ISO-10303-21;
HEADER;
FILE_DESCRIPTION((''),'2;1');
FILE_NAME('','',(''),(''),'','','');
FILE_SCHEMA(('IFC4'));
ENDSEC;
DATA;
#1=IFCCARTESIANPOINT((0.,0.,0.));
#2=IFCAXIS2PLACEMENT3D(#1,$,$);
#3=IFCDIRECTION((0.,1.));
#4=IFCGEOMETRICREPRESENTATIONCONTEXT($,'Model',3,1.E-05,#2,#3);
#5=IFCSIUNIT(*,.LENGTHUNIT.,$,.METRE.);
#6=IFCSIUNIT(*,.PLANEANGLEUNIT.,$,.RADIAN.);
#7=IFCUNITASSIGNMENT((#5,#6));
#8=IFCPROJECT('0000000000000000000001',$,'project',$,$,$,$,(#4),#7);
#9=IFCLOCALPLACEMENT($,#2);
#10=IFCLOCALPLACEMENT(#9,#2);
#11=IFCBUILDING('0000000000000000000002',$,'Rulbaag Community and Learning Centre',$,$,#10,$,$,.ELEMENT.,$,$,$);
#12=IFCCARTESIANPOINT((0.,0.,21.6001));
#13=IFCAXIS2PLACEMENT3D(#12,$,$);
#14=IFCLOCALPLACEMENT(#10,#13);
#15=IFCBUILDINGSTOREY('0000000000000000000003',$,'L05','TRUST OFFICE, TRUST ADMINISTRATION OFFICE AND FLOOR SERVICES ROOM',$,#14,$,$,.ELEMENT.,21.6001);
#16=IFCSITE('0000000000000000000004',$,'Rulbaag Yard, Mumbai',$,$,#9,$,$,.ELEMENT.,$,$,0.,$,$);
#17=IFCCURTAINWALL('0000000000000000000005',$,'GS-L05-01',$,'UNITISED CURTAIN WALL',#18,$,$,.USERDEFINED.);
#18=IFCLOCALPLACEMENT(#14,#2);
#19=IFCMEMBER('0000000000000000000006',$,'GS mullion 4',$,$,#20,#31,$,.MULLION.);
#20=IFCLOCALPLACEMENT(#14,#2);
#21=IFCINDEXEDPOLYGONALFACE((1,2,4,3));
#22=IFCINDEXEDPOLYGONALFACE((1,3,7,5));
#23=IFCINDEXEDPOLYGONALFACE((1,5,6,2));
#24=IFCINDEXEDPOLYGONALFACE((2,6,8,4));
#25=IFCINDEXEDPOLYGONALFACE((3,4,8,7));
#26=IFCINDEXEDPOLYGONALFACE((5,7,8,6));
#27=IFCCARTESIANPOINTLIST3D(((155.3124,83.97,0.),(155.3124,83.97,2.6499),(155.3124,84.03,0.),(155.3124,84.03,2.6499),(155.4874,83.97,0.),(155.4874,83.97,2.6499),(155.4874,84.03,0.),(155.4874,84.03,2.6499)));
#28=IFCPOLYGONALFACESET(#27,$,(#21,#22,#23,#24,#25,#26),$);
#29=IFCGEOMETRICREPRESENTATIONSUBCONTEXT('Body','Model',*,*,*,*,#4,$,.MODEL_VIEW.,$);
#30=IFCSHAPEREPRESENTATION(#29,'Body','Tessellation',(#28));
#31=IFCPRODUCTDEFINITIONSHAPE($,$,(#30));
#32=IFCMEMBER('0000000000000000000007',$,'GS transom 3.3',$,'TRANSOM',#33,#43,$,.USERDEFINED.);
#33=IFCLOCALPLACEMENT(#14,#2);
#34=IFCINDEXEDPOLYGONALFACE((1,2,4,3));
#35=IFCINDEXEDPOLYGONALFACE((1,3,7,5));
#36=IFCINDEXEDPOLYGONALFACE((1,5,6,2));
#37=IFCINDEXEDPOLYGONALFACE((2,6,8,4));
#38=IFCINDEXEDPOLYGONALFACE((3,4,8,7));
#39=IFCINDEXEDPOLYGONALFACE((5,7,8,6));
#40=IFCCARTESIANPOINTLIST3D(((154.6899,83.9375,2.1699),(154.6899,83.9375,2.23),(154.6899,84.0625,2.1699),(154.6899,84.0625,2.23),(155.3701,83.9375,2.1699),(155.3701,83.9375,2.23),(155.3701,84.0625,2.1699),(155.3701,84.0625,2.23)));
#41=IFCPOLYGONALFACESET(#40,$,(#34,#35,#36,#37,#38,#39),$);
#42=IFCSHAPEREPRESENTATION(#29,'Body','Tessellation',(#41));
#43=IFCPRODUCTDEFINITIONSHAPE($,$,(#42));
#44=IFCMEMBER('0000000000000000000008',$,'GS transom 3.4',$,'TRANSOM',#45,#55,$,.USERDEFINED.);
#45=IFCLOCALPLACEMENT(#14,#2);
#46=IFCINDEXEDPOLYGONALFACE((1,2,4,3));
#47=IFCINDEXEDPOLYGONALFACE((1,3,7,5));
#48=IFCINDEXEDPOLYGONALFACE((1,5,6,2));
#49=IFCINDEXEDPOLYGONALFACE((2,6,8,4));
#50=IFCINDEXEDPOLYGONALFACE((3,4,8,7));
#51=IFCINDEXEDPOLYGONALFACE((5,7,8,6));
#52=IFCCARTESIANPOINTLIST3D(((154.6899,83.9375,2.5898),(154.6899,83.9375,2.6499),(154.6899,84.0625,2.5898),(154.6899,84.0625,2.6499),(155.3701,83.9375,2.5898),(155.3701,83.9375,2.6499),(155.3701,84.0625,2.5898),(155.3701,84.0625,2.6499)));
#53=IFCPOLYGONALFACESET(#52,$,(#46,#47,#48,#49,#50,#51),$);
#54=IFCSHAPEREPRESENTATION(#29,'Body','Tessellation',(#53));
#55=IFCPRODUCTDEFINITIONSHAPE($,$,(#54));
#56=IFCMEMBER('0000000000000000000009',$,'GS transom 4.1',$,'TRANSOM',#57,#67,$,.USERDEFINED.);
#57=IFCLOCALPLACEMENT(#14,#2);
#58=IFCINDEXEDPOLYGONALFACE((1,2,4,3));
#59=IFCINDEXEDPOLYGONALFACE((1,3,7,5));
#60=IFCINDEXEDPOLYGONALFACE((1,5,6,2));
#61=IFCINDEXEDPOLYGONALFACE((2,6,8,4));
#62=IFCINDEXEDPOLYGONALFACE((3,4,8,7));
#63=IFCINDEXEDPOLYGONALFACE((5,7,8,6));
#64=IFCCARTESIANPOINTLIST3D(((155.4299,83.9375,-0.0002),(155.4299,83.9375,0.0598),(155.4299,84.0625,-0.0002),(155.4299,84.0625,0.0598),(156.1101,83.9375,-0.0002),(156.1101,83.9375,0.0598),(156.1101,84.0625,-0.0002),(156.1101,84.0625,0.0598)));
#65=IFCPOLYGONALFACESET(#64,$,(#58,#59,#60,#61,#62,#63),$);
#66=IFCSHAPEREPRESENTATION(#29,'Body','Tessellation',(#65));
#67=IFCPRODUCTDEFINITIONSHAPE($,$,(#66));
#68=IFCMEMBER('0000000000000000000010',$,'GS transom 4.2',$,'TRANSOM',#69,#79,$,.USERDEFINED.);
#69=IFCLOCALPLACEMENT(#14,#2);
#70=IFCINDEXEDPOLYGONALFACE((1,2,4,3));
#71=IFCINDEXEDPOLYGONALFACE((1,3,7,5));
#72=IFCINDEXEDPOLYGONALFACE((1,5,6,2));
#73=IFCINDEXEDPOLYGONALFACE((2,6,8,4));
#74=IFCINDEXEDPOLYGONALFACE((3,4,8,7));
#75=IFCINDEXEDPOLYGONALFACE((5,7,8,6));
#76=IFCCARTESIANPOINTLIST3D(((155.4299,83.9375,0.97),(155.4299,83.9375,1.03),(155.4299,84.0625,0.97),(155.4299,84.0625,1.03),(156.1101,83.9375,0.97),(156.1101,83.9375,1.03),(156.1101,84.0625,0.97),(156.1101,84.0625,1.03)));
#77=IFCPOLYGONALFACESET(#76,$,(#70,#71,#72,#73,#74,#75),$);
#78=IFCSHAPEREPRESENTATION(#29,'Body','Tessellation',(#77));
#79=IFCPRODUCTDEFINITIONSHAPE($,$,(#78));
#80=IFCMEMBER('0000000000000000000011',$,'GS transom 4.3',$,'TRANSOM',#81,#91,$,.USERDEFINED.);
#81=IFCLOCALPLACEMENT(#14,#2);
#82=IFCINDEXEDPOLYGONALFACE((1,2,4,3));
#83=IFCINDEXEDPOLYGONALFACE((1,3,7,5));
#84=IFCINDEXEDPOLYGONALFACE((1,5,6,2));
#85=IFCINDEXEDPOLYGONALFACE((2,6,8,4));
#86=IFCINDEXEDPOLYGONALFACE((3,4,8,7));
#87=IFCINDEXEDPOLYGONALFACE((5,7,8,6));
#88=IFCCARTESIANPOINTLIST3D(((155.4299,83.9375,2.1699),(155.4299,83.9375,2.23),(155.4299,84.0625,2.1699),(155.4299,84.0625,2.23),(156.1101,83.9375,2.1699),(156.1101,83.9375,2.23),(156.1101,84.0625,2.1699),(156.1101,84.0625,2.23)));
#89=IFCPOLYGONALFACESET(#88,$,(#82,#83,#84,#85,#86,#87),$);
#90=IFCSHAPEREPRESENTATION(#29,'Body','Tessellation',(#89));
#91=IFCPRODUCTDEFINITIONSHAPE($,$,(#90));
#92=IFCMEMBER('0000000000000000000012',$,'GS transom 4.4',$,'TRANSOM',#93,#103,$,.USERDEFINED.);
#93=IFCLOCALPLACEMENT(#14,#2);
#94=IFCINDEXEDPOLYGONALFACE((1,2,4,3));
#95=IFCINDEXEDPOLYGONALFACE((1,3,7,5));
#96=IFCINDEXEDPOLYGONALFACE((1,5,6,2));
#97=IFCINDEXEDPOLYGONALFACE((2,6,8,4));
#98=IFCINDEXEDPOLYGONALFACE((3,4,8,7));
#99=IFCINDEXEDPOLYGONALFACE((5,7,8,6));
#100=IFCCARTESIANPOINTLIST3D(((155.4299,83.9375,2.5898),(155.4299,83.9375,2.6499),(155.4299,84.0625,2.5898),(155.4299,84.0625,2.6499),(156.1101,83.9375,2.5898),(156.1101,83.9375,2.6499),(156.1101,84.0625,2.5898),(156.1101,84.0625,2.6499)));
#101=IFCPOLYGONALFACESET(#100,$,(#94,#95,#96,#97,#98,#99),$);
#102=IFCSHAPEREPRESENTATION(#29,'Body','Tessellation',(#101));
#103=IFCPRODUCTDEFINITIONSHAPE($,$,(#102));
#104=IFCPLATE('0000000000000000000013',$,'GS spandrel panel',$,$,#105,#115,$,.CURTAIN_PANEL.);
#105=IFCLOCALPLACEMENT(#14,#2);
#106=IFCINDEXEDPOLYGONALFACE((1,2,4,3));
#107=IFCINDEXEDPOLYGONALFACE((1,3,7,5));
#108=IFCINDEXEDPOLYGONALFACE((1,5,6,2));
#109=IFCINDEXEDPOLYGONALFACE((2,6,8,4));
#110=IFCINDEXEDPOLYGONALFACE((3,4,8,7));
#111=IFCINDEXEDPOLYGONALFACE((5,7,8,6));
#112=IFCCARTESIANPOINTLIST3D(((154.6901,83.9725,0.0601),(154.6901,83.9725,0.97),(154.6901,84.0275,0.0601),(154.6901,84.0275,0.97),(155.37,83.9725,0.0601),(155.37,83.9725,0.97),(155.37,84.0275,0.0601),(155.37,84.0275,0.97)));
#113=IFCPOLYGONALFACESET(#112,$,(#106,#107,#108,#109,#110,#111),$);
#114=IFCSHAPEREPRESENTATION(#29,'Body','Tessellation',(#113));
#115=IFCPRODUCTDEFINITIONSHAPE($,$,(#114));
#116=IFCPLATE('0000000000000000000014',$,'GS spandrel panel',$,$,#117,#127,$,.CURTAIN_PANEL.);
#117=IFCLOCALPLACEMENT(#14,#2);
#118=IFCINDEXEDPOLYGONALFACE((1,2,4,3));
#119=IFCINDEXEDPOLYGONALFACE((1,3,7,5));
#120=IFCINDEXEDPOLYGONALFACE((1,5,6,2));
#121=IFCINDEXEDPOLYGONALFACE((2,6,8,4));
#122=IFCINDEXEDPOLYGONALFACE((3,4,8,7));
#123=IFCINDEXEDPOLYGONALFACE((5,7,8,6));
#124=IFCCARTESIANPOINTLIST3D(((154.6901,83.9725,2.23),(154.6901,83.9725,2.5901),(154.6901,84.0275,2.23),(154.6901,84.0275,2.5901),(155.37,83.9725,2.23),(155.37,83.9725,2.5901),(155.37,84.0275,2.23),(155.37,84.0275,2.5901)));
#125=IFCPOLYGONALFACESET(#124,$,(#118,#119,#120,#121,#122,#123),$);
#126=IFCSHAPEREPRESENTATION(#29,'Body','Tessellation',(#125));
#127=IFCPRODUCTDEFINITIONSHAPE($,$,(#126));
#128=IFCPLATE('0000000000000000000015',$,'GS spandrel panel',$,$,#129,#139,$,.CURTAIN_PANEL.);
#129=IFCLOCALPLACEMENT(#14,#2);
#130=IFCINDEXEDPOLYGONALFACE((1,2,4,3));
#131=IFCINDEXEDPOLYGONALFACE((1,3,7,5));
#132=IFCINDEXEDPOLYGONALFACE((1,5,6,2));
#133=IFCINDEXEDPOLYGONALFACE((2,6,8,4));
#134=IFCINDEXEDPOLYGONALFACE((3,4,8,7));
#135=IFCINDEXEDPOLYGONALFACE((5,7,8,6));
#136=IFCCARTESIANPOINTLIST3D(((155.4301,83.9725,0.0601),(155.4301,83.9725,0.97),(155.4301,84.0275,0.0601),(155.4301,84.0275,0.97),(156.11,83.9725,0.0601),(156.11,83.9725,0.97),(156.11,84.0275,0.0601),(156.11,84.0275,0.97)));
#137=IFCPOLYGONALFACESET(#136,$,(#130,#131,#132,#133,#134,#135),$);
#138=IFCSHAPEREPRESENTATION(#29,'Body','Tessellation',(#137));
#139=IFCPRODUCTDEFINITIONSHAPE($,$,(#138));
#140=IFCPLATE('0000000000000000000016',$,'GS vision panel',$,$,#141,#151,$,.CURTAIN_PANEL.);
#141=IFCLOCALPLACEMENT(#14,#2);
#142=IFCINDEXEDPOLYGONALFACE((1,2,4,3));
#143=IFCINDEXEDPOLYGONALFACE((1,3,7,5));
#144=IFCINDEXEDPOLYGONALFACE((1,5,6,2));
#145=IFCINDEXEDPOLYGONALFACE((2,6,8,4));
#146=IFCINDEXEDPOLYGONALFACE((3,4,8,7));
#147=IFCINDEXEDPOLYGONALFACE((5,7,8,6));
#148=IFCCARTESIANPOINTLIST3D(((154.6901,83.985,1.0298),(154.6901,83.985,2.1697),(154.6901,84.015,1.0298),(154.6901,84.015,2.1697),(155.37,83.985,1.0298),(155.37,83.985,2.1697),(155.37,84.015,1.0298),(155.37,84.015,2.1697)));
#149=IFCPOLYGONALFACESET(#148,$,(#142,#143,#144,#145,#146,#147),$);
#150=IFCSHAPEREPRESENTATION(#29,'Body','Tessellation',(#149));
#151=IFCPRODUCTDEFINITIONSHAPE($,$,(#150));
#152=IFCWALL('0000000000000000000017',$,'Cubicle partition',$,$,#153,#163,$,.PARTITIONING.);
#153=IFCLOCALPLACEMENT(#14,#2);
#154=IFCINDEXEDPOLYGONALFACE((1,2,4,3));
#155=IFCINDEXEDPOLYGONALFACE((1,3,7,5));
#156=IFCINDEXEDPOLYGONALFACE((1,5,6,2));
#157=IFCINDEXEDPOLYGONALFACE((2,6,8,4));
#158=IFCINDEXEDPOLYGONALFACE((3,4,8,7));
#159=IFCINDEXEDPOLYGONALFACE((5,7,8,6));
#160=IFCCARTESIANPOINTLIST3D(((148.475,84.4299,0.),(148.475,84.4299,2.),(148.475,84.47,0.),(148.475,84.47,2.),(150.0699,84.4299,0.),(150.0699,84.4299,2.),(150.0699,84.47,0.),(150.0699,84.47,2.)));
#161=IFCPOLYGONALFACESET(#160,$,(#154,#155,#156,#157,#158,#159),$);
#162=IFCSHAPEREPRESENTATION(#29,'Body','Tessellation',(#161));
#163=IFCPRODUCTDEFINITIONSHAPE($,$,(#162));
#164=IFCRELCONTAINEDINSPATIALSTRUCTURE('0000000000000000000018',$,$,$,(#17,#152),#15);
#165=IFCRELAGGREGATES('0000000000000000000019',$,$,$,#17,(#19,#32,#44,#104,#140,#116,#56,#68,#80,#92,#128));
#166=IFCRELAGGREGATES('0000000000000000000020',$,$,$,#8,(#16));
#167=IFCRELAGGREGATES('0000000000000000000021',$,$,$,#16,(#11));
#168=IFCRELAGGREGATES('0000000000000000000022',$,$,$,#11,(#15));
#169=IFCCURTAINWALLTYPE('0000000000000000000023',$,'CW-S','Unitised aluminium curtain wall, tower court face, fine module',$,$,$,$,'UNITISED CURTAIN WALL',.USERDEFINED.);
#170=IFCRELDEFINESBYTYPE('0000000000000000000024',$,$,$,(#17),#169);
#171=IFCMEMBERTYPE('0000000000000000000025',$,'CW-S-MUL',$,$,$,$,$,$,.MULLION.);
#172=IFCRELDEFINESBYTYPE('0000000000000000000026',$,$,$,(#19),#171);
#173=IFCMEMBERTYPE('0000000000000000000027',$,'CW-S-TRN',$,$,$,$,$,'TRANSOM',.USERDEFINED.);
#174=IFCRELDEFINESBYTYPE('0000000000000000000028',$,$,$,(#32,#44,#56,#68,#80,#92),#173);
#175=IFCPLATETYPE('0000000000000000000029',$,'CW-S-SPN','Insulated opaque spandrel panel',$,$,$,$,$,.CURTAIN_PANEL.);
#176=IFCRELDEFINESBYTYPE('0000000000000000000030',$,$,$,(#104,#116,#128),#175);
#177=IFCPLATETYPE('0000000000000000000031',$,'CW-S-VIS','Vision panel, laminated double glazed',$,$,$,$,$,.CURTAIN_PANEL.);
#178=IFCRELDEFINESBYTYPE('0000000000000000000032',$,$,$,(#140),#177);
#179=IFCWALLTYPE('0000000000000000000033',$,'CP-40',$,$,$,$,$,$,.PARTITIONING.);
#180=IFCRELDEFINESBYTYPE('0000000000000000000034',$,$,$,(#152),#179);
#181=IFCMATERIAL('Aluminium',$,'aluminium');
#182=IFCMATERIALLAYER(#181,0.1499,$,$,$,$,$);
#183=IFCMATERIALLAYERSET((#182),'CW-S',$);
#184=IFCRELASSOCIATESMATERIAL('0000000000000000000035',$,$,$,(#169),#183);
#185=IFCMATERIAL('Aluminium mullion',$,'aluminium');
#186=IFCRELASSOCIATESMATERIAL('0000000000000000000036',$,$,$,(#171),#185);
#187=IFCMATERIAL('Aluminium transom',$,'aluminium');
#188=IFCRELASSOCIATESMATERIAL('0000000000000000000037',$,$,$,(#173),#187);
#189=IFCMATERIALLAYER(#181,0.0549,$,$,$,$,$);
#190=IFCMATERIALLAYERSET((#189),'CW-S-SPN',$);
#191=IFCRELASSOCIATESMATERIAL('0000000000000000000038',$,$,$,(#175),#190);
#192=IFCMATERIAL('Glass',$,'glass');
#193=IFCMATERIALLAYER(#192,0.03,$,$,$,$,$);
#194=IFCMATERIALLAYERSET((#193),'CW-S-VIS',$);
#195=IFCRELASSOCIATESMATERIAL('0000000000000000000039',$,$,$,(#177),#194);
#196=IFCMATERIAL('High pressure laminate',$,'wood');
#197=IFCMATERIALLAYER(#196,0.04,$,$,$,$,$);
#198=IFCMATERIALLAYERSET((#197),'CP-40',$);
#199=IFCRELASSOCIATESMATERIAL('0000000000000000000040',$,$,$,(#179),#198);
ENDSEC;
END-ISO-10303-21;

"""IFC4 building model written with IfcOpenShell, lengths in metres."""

from ifc_helpers import new_model, si_unit, direction, frame, frame_2d, origin, origin_2d, place, context, subcontext, project, spatial, rectangle, extrude, material, layer, layer_set, material_profile, profile_set, type_object, element, aggregate, save


model = new_model("IFC4")

# Units and contexts
model_context = context("Model", 3, precision=1e-05, world=origin(), true_north=direction((0.0, 1.0)))
body_context = subcontext(model_context, "Body", "Model", "MODEL_VIEW")
ifc_project = project(units=[si_unit("LENGTHUNIT", "METRE"), si_unit("PLANEANGLEUNIT", "RADIAN")], contexts=[model_context])

# Site, building, storey
site_placement = place(None, origin())
site = spatial("IfcSite", under=ifc_project, at=site_placement, Name="Rulbaag Yard, Mumbai", CompositionType="ELEMENT", RefElevation=0.0)
building_placement = place(site_placement, origin())
building = spatial("IfcBuilding", under=site, at=building_placement, Name="Rulbaag Community and Learning Centre", CompositionType="ELEMENT")
storey_placement = place(building_placement, frame((0.0, 0.0, 21.6001)))
storey = spatial("IfcBuildingStorey", under=building, at=storey_placement, Name="L05", Description="TRUST OFFICE, TRUST ADMINISTRATION OFFICE AND FLOOR SERVICES ROOM", CompositionType="ELEMENT", Elevation=21.6001)

# Curtain wall, members, plates
ifc_material_1 = material(Name="Aluminium", Category="aluminium")
ifc_layer_1 = layer(ifc_material_1, 0.1499)
ifc_layer_set_1 = layer_set([ifc_layer_1], Name="CW-S")
curtain_wall_type = type_object("IfcCurtainWallType", Name="CW-S", Description="Unitised aluminium curtain wall, tower court face, fine module", ElementType="UNITISED CURTAIN WALL", PredefinedType="USERDEFINED", material=ifc_layer_set_1)
curtain_wall_placement = place(storey_placement, origin())
curtain_wall = element("IfcCurtainWall", 1, at=curtain_wall_placement, inside=storey, type_object=curtain_wall_type, Name="GS-L05-01", ObjectType="UNITISED CURTAIN WALL", PredefinedType="USERDEFINED")
ifc_material_2 = material(Name="Aluminium mullion", Category="aluminium")
ifc_material_profile_1 = material_profile(ifc_material_2, rectangle(XDim=0.0601, YDim=0.175, at=origin_2d()), Name="AL 60x175")
ifc_profile_set_1 = profile_set([ifc_material_profile_1], Name="Aluminium mullion")
member_type_1 = type_object("IfcMemberType", Name="CW-S-MUL", PredefinedType="MULLION", material=ifc_profile_set_1)
member_1_placement = place(storey_placement, frame((155.3999, 84.0, 0.0), z_axis=(0.0, 0.0, 1.0), x_axis=(0.0, 1.0, 0.0)))
member_1 = element("IfcMember", 2, at=member_1_placement, type_object=member_type_1, Name="GS mullion 4", PredefinedType="MULLION", context=body_context, shape_type="SweptSolid", body=[
    extrude(rectangle(XDim=0.0601, YDim=0.175, at=origin_2d()), origin(), (0.0, 0.0, 1.0), 2.6499),
])
ifc_material_3 = material(Name="Aluminium transom", Category="aluminium")
ifc_material_profile_2 = material_profile(ifc_material_3, rectangle(XDim=0.125, YDim=0.0601, at=origin_2d()), Name="AL 60x125 T")
ifc_profile_set_2 = profile_set([ifc_material_profile_2], Name="Aluminium transom")
member_type_2 = type_object("IfcMemberType", Name="CW-S-TRN", ElementType="TRANSOM", PredefinedType="USERDEFINED", material=ifc_profile_set_2)
member_2_placement = place(storey_placement, frame((154.6899, 84.0, 2.2), z_axis=(1.0, 0.0, 0.0), x_axis=(0.0, 1.0, 0.0)))
member_2 = element("IfcMember", 3, at=member_2_placement, type_object=member_type_2, Name="GS transom 3.3", ObjectType="TRANSOM", PredefinedType="USERDEFINED", context=body_context, shape_type="SweptSolid", body=[
    extrude(rectangle(XDim=0.125, YDim=0.0601, at=origin_2d()), origin(), (0.0, 0.0, 1.0), 0.6802),
])
member_3_placement = place(storey_placement, frame((154.6899, 84.0, 2.6199), z_axis=(1.0, 0.0, 0.0), x_axis=(0.0, 1.0, 0.0)))
member_3 = element("IfcMember", 4, at=member_3_placement, type_object=member_type_2, Name="GS transom 3.4", ObjectType="TRANSOM", PredefinedType="USERDEFINED", context=body_context, shape_type="SweptSolid", body=[
    extrude(rectangle(XDim=0.125, YDim=0.0601, at=origin_2d()), origin(), (0.0, 0.0, 1.0), 0.6802),
])
member_4_placement = place(storey_placement, frame((155.4299, 84.0, 0.0298), z_axis=(1.0, 0.0, 0.0), x_axis=(0.0, 1.0, 0.0)))
member_4 = element("IfcMember", 5, at=member_4_placement, type_object=member_type_2, Name="GS transom 4.1", ObjectType="TRANSOM", PredefinedType="USERDEFINED", context=body_context, shape_type="SweptSolid", body=[
    extrude(rectangle(XDim=0.125, YDim=0.0601, at=origin_2d()), origin(), (0.0, 0.0, 1.0), 0.6802),
])
member_5_placement = place(storey_placement, frame((155.4299, 84.0, 1.0), z_axis=(1.0, 0.0, 0.0), x_axis=(0.0, 1.0, 0.0)))
member_5 = element("IfcMember", 6, at=member_5_placement, type_object=member_type_2, Name="GS transom 4.2", ObjectType="TRANSOM", PredefinedType="USERDEFINED", context=body_context, shape_type="SweptSolid", body=[
    extrude(rectangle(XDim=0.125, YDim=0.0601, at=origin_2d()), origin(), (0.0, 0.0, 1.0), 0.6802),
])
member_6_placement = place(storey_placement, frame((155.4299, 84.0, 2.2), z_axis=(1.0, 0.0, 0.0), x_axis=(0.0, 1.0, 0.0)))
member_6 = element("IfcMember", 7, at=member_6_placement, type_object=member_type_2, Name="GS transom 4.3", ObjectType="TRANSOM", PredefinedType="USERDEFINED", context=body_context, shape_type="SweptSolid", body=[
    extrude(rectangle(XDim=0.125, YDim=0.0601, at=origin_2d()), origin(), (0.0, 0.0, 1.0), 0.6802),
])
member_7_placement = place(storey_placement, frame((155.4299, 84.0, 2.6199), z_axis=(1.0, 0.0, 0.0), x_axis=(0.0, 1.0, 0.0)))
member_7 = element("IfcMember", 8, at=member_7_placement, type_object=member_type_2, Name="GS transom 4.4", ObjectType="TRANSOM", PredefinedType="USERDEFINED", context=body_context, shape_type="SweptSolid", body=[
    extrude(rectangle(XDim=0.125, YDim=0.0601, at=origin_2d()), origin(), (0.0, 0.0, 1.0), 0.6802),
])
ifc_layer_2 = layer(ifc_material_1, 0.0549)
ifc_layer_set_2 = layer_set([ifc_layer_2], Name="CW-S-SPN")
plate_type_1 = type_object("IfcPlateType", Name="CW-S-SPN", Description="Insulated opaque spandrel panel", PredefinedType="CURTAIN_PANEL", material=ifc_layer_set_2)
plate_1_placement = place(storey_placement, frame((155.03, 84.0, 0.0601), z_axis=(0.0, 0.0, 1.0), x_axis=(1.0, 0.0, 0.0)))
plate_1 = element("IfcPlate", 9, at=plate_1_placement, type_object=plate_type_1, Name="GS spandrel panel", PredefinedType="CURTAIN_PANEL", context=body_context, shape_type="SweptSolid", body=[
    extrude(rectangle(XDim=0.6799, YDim=0.0549, at=origin_2d()), origin(), (0.0, 0.0, 1.0), 0.9099),
])
plate_2_placement = place(storey_placement, frame((155.03, 84.0, 2.23), z_axis=(0.0, 0.0, 1.0), x_axis=(1.0, 0.0, 0.0)))
plate_2 = element("IfcPlate", 10, at=plate_2_placement, type_object=plate_type_1, Name="GS spandrel panel", PredefinedType="CURTAIN_PANEL", context=body_context, shape_type="SweptSolid", body=[
    extrude(rectangle(XDim=0.6799, YDim=0.0549, at=origin_2d()), origin(), (0.0, 0.0, 1.0), 0.3601),
])
plate_3_placement = place(storey_placement, frame((155.77, 84.0, 0.0601), z_axis=(0.0, 0.0, 1.0), x_axis=(1.0, 0.0, 0.0)))
plate_3 = element("IfcPlate", 11, at=plate_3_placement, type_object=plate_type_1, Name="GS spandrel panel", PredefinedType="CURTAIN_PANEL", context=body_context, shape_type="SweptSolid", body=[
    extrude(rectangle(XDim=0.6799, YDim=0.0549, at=origin_2d()), origin(), (0.0, 0.0, 1.0), 0.9099),
])
ifc_material_4 = material(Name="Glass", Category="glass")
ifc_layer_3 = layer(ifc_material_4, 0.03)
ifc_layer_set_3 = layer_set([ifc_layer_3], Name="CW-S-VIS")
plate_type_2 = type_object("IfcPlateType", Name="CW-S-VIS", Description="Vision panel, laminated double glazed", PredefinedType="CURTAIN_PANEL", material=ifc_layer_set_3)
plate_4_placement = place(storey_placement, frame((155.03, 84.0, 1.0298), z_axis=(0.0, 0.0, 1.0), x_axis=(1.0, 0.0, 0.0)))
plate_4 = element("IfcPlate", 12, at=plate_4_placement, type_object=plate_type_2, Name="GS vision panel", PredefinedType="CURTAIN_PANEL", context=body_context, shape_type="SweptSolid", body=[
    extrude(rectangle(XDim=0.6799, YDim=0.03, at=origin_2d()), origin(), (0.0, 0.0, 1.0), 1.1399),
])
aggregate(curtain_wall, [member_1, member_2, member_3, plate_1, plate_4, plate_2, member_4, member_5, member_6, member_7, plate_3])

# Wall
ifc_material_5 = material(Name="High pressure laminate", Category="wood")
ifc_layer_4 = layer(ifc_material_5, 0.04)
ifc_layer_set_4 = layer_set([ifc_layer_4], Name="CP-40")
wall_type_1 = type_object("IfcWallType", Name="CP-40", PredefinedType="PARTITIONING", material=ifc_layer_set_4)
wall_1_placement = place(storey_placement, frame((148.4751, 84.45, 0.0), z_axis=(0.0, 0.0, 1.0), x_axis=(1.0, 0.0, 0.0)))
element("IfcWall", 13, at=wall_1_placement, inside=storey, type_object=wall_type_1, Name="Cubicle partition", PredefinedType="PARTITIONING", context=body_context, shape_type="SweptSolid", body=[
    extrude(rectangle(XDim=1.595, YDim=0.04, at=frame_2d((0.7974, 0.0))), origin(), (0.0, 0.0, 1.0), 2.0),
])

save(model, "model.ifc")
